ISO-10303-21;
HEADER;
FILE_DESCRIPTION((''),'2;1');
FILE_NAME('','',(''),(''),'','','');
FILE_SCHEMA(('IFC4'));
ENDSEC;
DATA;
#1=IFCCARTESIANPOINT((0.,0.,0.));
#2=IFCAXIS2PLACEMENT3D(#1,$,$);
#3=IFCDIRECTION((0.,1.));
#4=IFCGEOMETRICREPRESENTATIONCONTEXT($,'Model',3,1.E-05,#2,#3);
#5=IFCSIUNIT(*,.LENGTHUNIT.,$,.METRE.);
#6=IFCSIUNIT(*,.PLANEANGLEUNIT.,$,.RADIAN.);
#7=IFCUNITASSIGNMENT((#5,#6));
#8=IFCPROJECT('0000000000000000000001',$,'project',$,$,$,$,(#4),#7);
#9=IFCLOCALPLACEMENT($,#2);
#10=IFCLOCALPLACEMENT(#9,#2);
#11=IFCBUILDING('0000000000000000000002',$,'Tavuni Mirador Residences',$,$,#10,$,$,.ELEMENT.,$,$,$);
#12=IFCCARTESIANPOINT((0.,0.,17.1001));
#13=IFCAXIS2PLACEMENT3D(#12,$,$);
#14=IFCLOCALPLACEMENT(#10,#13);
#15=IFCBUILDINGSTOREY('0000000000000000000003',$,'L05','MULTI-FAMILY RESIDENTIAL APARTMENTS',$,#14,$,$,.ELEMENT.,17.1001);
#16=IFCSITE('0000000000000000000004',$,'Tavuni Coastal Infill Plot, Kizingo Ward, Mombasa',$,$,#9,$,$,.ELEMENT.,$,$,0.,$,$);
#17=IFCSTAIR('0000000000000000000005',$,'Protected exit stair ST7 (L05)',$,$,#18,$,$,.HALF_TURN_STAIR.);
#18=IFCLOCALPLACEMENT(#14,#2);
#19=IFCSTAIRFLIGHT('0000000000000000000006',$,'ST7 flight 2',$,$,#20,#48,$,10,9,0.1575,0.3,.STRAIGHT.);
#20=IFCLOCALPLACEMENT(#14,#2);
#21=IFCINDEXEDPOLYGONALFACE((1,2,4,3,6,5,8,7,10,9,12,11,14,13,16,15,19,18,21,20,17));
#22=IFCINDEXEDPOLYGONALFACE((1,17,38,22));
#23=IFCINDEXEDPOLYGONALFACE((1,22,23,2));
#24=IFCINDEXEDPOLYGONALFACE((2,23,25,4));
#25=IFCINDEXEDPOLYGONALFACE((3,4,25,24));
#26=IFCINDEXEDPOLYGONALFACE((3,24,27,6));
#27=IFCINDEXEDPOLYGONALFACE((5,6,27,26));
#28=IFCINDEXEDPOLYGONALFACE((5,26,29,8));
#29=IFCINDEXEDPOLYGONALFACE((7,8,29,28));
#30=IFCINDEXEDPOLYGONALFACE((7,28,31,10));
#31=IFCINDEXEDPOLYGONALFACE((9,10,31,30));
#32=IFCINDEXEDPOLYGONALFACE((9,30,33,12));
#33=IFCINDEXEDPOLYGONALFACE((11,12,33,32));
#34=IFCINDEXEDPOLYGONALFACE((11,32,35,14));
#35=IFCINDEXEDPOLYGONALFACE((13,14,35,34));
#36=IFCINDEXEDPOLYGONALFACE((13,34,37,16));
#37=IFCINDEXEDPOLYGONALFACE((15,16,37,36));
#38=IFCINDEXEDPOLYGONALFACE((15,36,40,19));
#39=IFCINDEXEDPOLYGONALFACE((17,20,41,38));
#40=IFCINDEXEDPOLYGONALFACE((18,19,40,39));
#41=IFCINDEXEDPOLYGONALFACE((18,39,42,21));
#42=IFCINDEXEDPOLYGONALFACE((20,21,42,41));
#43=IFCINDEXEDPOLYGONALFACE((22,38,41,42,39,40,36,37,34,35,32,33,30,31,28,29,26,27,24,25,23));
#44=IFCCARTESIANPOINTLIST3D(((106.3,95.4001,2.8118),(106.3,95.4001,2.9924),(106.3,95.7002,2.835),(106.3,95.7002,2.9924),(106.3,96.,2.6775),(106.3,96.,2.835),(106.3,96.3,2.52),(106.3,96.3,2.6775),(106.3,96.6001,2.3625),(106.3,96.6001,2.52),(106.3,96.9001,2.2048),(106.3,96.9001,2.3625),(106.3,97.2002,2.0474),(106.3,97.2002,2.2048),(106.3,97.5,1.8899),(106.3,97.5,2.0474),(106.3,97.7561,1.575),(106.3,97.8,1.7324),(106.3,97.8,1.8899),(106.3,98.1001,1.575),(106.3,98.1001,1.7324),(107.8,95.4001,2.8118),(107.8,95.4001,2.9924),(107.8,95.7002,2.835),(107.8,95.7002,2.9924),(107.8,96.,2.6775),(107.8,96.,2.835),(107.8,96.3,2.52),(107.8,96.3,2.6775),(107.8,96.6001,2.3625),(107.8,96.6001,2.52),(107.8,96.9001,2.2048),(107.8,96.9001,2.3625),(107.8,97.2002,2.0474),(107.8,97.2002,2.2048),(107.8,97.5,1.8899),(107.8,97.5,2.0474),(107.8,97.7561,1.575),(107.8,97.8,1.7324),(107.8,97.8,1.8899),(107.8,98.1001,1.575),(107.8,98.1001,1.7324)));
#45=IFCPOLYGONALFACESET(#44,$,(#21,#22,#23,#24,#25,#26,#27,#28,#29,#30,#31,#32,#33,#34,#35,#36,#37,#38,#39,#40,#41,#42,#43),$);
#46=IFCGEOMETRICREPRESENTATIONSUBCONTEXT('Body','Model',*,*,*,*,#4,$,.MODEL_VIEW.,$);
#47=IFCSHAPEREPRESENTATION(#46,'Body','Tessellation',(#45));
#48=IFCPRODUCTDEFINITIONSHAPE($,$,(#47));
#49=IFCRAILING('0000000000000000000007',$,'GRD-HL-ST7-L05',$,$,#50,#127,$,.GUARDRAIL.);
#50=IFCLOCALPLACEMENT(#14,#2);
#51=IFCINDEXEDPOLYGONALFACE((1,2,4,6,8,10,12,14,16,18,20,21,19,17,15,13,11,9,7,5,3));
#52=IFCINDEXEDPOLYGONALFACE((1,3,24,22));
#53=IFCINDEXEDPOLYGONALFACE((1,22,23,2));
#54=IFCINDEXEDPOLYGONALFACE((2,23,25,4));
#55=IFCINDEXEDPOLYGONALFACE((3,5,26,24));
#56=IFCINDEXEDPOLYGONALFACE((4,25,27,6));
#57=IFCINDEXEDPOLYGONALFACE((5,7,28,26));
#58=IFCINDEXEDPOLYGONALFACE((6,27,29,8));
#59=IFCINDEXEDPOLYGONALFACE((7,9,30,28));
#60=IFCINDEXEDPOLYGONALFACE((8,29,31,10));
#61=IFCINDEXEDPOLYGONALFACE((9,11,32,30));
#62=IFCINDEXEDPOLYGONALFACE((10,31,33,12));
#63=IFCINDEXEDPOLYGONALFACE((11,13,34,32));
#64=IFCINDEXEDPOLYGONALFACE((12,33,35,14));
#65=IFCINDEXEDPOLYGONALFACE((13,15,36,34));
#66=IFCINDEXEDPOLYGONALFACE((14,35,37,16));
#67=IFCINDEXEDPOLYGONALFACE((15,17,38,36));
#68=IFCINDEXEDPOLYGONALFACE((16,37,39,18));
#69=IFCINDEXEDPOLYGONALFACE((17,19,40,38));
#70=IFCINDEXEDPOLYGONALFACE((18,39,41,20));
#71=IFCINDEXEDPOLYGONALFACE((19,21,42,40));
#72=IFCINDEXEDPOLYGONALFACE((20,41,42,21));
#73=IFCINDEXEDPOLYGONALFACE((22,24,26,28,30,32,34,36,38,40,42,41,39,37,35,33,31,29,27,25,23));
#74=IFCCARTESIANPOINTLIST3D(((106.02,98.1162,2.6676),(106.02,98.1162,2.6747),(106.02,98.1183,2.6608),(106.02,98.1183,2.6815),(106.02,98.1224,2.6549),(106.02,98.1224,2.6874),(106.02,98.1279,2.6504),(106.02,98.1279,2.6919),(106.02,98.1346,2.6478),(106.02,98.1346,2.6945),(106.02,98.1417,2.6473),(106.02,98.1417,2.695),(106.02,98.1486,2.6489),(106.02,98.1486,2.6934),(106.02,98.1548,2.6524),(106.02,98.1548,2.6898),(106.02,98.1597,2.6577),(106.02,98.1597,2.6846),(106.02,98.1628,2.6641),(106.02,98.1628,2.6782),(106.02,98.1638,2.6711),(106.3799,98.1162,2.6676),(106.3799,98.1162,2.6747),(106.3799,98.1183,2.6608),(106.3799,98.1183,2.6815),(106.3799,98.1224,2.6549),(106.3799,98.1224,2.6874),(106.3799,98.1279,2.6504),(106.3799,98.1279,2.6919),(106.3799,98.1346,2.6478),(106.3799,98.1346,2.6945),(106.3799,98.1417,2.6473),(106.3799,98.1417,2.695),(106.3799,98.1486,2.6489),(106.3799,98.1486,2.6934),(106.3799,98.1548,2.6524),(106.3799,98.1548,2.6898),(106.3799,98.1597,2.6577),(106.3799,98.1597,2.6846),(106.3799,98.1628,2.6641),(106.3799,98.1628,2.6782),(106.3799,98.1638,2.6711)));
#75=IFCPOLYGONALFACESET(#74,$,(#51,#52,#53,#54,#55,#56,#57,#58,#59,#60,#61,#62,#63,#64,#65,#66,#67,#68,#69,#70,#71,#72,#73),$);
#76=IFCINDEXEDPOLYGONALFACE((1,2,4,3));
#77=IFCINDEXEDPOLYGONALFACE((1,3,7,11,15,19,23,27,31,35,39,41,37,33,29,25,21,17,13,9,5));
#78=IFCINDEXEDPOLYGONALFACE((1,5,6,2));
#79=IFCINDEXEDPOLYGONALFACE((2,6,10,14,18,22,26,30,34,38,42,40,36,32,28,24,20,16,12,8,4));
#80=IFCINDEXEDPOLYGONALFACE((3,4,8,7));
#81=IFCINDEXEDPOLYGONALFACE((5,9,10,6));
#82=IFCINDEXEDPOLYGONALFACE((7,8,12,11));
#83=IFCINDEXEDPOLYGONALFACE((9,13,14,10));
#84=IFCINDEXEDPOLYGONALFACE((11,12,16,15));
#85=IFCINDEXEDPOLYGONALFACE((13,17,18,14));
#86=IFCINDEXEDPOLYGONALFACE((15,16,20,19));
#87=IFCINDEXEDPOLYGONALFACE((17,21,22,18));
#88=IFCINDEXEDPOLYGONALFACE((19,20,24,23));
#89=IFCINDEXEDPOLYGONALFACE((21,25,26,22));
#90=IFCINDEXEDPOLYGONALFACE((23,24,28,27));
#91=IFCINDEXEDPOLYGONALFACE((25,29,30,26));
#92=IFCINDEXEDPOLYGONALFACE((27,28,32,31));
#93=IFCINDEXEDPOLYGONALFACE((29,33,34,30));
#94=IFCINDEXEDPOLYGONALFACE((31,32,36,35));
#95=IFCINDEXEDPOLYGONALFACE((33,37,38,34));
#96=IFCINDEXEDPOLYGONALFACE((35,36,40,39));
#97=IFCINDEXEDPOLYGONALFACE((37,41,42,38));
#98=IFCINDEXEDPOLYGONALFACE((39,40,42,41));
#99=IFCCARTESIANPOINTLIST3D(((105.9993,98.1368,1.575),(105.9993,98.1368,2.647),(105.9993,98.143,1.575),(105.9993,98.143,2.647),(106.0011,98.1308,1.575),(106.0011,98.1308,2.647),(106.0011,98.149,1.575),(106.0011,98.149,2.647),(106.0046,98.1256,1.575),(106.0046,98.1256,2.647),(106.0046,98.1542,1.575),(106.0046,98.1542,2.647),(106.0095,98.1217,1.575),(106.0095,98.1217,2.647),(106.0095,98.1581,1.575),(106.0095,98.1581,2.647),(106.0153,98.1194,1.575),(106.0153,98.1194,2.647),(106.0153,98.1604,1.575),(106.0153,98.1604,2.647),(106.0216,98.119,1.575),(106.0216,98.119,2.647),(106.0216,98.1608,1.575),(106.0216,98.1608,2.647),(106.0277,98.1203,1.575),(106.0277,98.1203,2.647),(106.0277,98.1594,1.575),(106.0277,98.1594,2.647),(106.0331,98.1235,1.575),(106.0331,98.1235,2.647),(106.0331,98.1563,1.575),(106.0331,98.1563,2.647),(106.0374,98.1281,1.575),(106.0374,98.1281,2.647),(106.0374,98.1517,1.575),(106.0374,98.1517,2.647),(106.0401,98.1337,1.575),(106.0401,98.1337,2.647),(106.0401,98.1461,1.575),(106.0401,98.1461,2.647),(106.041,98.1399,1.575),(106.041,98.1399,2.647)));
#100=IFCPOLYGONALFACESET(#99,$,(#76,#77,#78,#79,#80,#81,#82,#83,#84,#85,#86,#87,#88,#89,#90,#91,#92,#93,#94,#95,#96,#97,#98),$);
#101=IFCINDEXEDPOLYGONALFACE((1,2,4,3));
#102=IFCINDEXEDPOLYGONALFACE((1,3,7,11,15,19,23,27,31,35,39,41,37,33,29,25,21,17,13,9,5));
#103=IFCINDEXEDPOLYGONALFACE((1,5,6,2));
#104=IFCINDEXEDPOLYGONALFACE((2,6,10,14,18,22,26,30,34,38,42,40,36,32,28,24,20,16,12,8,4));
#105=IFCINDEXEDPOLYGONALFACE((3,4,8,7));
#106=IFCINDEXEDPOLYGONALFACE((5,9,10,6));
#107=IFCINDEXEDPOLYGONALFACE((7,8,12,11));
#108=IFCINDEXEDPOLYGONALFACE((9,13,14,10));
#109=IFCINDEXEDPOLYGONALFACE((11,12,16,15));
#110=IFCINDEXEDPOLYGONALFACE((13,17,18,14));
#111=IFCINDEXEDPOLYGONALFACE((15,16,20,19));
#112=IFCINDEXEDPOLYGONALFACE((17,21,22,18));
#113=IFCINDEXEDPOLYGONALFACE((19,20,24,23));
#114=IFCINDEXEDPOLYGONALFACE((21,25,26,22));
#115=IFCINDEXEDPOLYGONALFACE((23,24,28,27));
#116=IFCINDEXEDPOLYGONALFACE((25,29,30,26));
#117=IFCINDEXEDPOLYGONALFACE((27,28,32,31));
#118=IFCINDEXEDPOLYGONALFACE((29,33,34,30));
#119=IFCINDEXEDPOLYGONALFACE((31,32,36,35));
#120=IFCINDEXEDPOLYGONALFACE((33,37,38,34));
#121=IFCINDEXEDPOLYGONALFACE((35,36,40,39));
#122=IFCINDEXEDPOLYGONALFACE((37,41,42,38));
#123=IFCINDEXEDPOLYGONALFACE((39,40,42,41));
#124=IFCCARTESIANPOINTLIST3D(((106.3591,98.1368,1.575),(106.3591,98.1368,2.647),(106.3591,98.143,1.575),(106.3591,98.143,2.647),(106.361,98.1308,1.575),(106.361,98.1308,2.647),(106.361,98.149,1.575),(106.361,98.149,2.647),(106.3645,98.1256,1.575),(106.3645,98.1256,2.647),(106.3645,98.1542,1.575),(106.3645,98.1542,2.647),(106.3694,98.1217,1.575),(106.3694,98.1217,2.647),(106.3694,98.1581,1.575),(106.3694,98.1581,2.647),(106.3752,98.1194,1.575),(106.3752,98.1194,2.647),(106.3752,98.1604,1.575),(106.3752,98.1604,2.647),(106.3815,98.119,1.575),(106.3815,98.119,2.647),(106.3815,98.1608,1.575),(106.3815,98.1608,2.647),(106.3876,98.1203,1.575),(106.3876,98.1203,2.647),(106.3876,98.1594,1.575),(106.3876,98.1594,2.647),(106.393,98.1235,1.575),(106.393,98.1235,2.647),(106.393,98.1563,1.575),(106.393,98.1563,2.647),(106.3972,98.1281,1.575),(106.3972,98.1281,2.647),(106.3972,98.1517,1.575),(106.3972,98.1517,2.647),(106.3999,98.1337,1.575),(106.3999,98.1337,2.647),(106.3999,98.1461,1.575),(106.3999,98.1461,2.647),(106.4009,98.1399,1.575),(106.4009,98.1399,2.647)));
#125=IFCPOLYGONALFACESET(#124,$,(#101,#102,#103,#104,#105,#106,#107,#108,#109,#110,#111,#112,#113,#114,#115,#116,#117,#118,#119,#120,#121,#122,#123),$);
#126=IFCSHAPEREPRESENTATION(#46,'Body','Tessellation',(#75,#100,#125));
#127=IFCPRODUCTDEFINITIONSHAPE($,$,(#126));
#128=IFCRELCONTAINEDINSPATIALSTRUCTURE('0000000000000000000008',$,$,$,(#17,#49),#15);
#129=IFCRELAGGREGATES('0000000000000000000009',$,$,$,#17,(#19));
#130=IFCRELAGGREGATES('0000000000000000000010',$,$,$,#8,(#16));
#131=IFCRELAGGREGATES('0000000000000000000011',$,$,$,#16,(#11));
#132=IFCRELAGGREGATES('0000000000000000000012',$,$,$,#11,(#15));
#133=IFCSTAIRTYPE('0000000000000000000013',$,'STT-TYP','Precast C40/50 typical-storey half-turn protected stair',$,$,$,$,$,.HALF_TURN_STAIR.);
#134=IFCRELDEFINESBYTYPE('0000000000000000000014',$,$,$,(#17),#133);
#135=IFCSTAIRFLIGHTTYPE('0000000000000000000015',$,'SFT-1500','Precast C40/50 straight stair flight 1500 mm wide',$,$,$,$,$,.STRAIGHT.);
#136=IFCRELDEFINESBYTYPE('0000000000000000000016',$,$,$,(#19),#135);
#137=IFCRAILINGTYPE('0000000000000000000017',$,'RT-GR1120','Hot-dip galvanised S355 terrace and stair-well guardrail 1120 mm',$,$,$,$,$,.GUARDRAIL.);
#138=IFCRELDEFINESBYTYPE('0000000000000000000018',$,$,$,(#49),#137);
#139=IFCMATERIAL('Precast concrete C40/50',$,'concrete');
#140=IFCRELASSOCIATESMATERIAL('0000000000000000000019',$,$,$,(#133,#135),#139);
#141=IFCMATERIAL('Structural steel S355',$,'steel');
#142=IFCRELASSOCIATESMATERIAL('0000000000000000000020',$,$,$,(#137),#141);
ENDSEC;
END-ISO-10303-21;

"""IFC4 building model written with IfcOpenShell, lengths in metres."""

from ifc_helpers import new_model, si_unit, direction, frame, origin, origin_2d, place, context, subcontext, project, spatial, polyline, circle, outline, extrude, material, type_object, element, aggregate, save


model = new_model("IFC4")

# Units and contexts
model_context = context("Model", 3, precision=1e-05, world=origin(), true_north=direction((0.0, 1.0)))
body_context = subcontext(model_context, "Body", "Model", "MODEL_VIEW")
ifc_project = project(units=[si_unit("LENGTHUNIT", "METRE"), si_unit("PLANEANGLEUNIT", "RADIAN")], contexts=[model_context])

# Site, building, storey
site_placement = place(None, origin())
site = spatial("IfcSite", under=ifc_project, at=site_placement, Name="Tavuni Coastal Infill Plot, Kizingo Ward, Mombasa", CompositionType="ELEMENT", RefElevation=0.0)
building_placement = place(site_placement, origin())
building = spatial("IfcBuilding", under=site, at=building_placement, Name="Tavuni Mirador Residences", CompositionType="ELEMENT")
storey_placement = place(building_placement, frame((0.0, 0.0, 17.1001)))
storey = spatial("IfcBuildingStorey", under=building, at=storey_placement, Name="L05", Description="MULTI-FAMILY RESIDENTIAL APARTMENTS", CompositionType="ELEMENT", Elevation=17.1001)

# Shared definitions
ifc_material_1 = material(Name="Precast concrete C40/50", Category="concrete")

# Shared definitions
ifc_material_2 = material(Name="Structural steel S355", Category="steel")

# Stair, stair flight
stair_type = type_object("IfcStairType", Name="STT-TYP", Description="Precast C40/50 typical-storey half-turn protected stair", PredefinedType="HALF_TURN_STAIR", material=ifc_material_1)
stair_placement = place(storey_placement, origin())
stair = element("IfcStair", 1, at=stair_placement, inside=storey, type_object=stair_type, Name="Protected exit stair ST7 (L05)", PredefinedType="HALF_TURN_STAIR")
stair_flight_type = type_object("IfcStairFlightType", Name="SFT-1500", Description="Precast C40/50 straight stair flight 1500 mm wide", PredefinedType="STRAIGHT", material=ifc_material_1)
stair_flight_placement = place(storey_placement, frame((107.05, 98.1001, 1.575), z_axis=(0.0, 0.0, 1.0), x_axis=(0.0, -1.0, 0.0)))
stair_flight = element("IfcStairFlight", 2, at=stair_flight_placement, type_object=stair_flight_type, Name="ST7 flight 2", NumberOfRisers=10, NumberOfTreads=9, PredefinedType="STRAIGHT", RiserHeight=0.1575, TreadLength=0.3, context=body_context, shape_type="SweptSolid", body=[
    extrude(outline(polyline([(0.0, 0.0), (0.0, 0.1575), (0.3, 0.1575), (0.3, 0.3149), (0.6001, 0.3149), (0.6001, 0.4724), (0.8999, 0.4724), (0.8999, 0.6299), (1.2, 0.6299), (1.2, 0.7876), (1.5, 0.7876), (1.5, 0.9451), (1.8, 0.9451), (1.8, 1.1025), (2.1001, 1.1025), (2.1001, 1.26), (2.3999, 1.26), (2.3999, 1.4175), (2.7, 1.4175), (2.7, 1.575), (2.7, 1.2368), (0.344, 0.0), (0.0, 0.0)])), frame((0.0, 0.75, 0.0), z_axis=(0.0, -1.0, 0.0), x_axis=(1.0, 0.0, 0.0)), (0.0, 0.0, 1.0), 1.5),
])
aggregate(stair, [stair_flight])

# Railing
railing_type_1 = type_object("IfcRailingType", Name="RT-GR1120", Description="Hot-dip galvanised S355 terrace and stair-well guardrail 1120 mm", PredefinedType="GUARDRAIL", material=ifc_material_2)
railing_1_placement = place(storey_placement, frame((106.02, 98.1399, 1.575)))
element("IfcRailing", 3, at=railing_1_placement, inside=storey, type_object=railing_type_1, Name="GRD-HL-ST7-L05", PredefinedType="GUARDRAIL", context=body_context, shape_type="SweptSolid", body=[
    extrude(circle(Radius=0.0239, at=origin_2d()), frame((0.0, 0.0, 1.0962), z_axis=(1.0, 0.0, 0.0), x_axis=(0.0, 1.0, 0.0)), (0.0, 0.0, 1.0), 0.3599),
    extrude(circle(Radius=0.021, at=origin_2d()), origin(), (0.0, 0.0, 1.0), 1.072),
    extrude(circle(Radius=0.021, at=origin_2d()), frame((0.3599, 0.0, 0.0)), (0.0, 0.0, 1.0), 1.072),
])

save(model, "model.ifc")
